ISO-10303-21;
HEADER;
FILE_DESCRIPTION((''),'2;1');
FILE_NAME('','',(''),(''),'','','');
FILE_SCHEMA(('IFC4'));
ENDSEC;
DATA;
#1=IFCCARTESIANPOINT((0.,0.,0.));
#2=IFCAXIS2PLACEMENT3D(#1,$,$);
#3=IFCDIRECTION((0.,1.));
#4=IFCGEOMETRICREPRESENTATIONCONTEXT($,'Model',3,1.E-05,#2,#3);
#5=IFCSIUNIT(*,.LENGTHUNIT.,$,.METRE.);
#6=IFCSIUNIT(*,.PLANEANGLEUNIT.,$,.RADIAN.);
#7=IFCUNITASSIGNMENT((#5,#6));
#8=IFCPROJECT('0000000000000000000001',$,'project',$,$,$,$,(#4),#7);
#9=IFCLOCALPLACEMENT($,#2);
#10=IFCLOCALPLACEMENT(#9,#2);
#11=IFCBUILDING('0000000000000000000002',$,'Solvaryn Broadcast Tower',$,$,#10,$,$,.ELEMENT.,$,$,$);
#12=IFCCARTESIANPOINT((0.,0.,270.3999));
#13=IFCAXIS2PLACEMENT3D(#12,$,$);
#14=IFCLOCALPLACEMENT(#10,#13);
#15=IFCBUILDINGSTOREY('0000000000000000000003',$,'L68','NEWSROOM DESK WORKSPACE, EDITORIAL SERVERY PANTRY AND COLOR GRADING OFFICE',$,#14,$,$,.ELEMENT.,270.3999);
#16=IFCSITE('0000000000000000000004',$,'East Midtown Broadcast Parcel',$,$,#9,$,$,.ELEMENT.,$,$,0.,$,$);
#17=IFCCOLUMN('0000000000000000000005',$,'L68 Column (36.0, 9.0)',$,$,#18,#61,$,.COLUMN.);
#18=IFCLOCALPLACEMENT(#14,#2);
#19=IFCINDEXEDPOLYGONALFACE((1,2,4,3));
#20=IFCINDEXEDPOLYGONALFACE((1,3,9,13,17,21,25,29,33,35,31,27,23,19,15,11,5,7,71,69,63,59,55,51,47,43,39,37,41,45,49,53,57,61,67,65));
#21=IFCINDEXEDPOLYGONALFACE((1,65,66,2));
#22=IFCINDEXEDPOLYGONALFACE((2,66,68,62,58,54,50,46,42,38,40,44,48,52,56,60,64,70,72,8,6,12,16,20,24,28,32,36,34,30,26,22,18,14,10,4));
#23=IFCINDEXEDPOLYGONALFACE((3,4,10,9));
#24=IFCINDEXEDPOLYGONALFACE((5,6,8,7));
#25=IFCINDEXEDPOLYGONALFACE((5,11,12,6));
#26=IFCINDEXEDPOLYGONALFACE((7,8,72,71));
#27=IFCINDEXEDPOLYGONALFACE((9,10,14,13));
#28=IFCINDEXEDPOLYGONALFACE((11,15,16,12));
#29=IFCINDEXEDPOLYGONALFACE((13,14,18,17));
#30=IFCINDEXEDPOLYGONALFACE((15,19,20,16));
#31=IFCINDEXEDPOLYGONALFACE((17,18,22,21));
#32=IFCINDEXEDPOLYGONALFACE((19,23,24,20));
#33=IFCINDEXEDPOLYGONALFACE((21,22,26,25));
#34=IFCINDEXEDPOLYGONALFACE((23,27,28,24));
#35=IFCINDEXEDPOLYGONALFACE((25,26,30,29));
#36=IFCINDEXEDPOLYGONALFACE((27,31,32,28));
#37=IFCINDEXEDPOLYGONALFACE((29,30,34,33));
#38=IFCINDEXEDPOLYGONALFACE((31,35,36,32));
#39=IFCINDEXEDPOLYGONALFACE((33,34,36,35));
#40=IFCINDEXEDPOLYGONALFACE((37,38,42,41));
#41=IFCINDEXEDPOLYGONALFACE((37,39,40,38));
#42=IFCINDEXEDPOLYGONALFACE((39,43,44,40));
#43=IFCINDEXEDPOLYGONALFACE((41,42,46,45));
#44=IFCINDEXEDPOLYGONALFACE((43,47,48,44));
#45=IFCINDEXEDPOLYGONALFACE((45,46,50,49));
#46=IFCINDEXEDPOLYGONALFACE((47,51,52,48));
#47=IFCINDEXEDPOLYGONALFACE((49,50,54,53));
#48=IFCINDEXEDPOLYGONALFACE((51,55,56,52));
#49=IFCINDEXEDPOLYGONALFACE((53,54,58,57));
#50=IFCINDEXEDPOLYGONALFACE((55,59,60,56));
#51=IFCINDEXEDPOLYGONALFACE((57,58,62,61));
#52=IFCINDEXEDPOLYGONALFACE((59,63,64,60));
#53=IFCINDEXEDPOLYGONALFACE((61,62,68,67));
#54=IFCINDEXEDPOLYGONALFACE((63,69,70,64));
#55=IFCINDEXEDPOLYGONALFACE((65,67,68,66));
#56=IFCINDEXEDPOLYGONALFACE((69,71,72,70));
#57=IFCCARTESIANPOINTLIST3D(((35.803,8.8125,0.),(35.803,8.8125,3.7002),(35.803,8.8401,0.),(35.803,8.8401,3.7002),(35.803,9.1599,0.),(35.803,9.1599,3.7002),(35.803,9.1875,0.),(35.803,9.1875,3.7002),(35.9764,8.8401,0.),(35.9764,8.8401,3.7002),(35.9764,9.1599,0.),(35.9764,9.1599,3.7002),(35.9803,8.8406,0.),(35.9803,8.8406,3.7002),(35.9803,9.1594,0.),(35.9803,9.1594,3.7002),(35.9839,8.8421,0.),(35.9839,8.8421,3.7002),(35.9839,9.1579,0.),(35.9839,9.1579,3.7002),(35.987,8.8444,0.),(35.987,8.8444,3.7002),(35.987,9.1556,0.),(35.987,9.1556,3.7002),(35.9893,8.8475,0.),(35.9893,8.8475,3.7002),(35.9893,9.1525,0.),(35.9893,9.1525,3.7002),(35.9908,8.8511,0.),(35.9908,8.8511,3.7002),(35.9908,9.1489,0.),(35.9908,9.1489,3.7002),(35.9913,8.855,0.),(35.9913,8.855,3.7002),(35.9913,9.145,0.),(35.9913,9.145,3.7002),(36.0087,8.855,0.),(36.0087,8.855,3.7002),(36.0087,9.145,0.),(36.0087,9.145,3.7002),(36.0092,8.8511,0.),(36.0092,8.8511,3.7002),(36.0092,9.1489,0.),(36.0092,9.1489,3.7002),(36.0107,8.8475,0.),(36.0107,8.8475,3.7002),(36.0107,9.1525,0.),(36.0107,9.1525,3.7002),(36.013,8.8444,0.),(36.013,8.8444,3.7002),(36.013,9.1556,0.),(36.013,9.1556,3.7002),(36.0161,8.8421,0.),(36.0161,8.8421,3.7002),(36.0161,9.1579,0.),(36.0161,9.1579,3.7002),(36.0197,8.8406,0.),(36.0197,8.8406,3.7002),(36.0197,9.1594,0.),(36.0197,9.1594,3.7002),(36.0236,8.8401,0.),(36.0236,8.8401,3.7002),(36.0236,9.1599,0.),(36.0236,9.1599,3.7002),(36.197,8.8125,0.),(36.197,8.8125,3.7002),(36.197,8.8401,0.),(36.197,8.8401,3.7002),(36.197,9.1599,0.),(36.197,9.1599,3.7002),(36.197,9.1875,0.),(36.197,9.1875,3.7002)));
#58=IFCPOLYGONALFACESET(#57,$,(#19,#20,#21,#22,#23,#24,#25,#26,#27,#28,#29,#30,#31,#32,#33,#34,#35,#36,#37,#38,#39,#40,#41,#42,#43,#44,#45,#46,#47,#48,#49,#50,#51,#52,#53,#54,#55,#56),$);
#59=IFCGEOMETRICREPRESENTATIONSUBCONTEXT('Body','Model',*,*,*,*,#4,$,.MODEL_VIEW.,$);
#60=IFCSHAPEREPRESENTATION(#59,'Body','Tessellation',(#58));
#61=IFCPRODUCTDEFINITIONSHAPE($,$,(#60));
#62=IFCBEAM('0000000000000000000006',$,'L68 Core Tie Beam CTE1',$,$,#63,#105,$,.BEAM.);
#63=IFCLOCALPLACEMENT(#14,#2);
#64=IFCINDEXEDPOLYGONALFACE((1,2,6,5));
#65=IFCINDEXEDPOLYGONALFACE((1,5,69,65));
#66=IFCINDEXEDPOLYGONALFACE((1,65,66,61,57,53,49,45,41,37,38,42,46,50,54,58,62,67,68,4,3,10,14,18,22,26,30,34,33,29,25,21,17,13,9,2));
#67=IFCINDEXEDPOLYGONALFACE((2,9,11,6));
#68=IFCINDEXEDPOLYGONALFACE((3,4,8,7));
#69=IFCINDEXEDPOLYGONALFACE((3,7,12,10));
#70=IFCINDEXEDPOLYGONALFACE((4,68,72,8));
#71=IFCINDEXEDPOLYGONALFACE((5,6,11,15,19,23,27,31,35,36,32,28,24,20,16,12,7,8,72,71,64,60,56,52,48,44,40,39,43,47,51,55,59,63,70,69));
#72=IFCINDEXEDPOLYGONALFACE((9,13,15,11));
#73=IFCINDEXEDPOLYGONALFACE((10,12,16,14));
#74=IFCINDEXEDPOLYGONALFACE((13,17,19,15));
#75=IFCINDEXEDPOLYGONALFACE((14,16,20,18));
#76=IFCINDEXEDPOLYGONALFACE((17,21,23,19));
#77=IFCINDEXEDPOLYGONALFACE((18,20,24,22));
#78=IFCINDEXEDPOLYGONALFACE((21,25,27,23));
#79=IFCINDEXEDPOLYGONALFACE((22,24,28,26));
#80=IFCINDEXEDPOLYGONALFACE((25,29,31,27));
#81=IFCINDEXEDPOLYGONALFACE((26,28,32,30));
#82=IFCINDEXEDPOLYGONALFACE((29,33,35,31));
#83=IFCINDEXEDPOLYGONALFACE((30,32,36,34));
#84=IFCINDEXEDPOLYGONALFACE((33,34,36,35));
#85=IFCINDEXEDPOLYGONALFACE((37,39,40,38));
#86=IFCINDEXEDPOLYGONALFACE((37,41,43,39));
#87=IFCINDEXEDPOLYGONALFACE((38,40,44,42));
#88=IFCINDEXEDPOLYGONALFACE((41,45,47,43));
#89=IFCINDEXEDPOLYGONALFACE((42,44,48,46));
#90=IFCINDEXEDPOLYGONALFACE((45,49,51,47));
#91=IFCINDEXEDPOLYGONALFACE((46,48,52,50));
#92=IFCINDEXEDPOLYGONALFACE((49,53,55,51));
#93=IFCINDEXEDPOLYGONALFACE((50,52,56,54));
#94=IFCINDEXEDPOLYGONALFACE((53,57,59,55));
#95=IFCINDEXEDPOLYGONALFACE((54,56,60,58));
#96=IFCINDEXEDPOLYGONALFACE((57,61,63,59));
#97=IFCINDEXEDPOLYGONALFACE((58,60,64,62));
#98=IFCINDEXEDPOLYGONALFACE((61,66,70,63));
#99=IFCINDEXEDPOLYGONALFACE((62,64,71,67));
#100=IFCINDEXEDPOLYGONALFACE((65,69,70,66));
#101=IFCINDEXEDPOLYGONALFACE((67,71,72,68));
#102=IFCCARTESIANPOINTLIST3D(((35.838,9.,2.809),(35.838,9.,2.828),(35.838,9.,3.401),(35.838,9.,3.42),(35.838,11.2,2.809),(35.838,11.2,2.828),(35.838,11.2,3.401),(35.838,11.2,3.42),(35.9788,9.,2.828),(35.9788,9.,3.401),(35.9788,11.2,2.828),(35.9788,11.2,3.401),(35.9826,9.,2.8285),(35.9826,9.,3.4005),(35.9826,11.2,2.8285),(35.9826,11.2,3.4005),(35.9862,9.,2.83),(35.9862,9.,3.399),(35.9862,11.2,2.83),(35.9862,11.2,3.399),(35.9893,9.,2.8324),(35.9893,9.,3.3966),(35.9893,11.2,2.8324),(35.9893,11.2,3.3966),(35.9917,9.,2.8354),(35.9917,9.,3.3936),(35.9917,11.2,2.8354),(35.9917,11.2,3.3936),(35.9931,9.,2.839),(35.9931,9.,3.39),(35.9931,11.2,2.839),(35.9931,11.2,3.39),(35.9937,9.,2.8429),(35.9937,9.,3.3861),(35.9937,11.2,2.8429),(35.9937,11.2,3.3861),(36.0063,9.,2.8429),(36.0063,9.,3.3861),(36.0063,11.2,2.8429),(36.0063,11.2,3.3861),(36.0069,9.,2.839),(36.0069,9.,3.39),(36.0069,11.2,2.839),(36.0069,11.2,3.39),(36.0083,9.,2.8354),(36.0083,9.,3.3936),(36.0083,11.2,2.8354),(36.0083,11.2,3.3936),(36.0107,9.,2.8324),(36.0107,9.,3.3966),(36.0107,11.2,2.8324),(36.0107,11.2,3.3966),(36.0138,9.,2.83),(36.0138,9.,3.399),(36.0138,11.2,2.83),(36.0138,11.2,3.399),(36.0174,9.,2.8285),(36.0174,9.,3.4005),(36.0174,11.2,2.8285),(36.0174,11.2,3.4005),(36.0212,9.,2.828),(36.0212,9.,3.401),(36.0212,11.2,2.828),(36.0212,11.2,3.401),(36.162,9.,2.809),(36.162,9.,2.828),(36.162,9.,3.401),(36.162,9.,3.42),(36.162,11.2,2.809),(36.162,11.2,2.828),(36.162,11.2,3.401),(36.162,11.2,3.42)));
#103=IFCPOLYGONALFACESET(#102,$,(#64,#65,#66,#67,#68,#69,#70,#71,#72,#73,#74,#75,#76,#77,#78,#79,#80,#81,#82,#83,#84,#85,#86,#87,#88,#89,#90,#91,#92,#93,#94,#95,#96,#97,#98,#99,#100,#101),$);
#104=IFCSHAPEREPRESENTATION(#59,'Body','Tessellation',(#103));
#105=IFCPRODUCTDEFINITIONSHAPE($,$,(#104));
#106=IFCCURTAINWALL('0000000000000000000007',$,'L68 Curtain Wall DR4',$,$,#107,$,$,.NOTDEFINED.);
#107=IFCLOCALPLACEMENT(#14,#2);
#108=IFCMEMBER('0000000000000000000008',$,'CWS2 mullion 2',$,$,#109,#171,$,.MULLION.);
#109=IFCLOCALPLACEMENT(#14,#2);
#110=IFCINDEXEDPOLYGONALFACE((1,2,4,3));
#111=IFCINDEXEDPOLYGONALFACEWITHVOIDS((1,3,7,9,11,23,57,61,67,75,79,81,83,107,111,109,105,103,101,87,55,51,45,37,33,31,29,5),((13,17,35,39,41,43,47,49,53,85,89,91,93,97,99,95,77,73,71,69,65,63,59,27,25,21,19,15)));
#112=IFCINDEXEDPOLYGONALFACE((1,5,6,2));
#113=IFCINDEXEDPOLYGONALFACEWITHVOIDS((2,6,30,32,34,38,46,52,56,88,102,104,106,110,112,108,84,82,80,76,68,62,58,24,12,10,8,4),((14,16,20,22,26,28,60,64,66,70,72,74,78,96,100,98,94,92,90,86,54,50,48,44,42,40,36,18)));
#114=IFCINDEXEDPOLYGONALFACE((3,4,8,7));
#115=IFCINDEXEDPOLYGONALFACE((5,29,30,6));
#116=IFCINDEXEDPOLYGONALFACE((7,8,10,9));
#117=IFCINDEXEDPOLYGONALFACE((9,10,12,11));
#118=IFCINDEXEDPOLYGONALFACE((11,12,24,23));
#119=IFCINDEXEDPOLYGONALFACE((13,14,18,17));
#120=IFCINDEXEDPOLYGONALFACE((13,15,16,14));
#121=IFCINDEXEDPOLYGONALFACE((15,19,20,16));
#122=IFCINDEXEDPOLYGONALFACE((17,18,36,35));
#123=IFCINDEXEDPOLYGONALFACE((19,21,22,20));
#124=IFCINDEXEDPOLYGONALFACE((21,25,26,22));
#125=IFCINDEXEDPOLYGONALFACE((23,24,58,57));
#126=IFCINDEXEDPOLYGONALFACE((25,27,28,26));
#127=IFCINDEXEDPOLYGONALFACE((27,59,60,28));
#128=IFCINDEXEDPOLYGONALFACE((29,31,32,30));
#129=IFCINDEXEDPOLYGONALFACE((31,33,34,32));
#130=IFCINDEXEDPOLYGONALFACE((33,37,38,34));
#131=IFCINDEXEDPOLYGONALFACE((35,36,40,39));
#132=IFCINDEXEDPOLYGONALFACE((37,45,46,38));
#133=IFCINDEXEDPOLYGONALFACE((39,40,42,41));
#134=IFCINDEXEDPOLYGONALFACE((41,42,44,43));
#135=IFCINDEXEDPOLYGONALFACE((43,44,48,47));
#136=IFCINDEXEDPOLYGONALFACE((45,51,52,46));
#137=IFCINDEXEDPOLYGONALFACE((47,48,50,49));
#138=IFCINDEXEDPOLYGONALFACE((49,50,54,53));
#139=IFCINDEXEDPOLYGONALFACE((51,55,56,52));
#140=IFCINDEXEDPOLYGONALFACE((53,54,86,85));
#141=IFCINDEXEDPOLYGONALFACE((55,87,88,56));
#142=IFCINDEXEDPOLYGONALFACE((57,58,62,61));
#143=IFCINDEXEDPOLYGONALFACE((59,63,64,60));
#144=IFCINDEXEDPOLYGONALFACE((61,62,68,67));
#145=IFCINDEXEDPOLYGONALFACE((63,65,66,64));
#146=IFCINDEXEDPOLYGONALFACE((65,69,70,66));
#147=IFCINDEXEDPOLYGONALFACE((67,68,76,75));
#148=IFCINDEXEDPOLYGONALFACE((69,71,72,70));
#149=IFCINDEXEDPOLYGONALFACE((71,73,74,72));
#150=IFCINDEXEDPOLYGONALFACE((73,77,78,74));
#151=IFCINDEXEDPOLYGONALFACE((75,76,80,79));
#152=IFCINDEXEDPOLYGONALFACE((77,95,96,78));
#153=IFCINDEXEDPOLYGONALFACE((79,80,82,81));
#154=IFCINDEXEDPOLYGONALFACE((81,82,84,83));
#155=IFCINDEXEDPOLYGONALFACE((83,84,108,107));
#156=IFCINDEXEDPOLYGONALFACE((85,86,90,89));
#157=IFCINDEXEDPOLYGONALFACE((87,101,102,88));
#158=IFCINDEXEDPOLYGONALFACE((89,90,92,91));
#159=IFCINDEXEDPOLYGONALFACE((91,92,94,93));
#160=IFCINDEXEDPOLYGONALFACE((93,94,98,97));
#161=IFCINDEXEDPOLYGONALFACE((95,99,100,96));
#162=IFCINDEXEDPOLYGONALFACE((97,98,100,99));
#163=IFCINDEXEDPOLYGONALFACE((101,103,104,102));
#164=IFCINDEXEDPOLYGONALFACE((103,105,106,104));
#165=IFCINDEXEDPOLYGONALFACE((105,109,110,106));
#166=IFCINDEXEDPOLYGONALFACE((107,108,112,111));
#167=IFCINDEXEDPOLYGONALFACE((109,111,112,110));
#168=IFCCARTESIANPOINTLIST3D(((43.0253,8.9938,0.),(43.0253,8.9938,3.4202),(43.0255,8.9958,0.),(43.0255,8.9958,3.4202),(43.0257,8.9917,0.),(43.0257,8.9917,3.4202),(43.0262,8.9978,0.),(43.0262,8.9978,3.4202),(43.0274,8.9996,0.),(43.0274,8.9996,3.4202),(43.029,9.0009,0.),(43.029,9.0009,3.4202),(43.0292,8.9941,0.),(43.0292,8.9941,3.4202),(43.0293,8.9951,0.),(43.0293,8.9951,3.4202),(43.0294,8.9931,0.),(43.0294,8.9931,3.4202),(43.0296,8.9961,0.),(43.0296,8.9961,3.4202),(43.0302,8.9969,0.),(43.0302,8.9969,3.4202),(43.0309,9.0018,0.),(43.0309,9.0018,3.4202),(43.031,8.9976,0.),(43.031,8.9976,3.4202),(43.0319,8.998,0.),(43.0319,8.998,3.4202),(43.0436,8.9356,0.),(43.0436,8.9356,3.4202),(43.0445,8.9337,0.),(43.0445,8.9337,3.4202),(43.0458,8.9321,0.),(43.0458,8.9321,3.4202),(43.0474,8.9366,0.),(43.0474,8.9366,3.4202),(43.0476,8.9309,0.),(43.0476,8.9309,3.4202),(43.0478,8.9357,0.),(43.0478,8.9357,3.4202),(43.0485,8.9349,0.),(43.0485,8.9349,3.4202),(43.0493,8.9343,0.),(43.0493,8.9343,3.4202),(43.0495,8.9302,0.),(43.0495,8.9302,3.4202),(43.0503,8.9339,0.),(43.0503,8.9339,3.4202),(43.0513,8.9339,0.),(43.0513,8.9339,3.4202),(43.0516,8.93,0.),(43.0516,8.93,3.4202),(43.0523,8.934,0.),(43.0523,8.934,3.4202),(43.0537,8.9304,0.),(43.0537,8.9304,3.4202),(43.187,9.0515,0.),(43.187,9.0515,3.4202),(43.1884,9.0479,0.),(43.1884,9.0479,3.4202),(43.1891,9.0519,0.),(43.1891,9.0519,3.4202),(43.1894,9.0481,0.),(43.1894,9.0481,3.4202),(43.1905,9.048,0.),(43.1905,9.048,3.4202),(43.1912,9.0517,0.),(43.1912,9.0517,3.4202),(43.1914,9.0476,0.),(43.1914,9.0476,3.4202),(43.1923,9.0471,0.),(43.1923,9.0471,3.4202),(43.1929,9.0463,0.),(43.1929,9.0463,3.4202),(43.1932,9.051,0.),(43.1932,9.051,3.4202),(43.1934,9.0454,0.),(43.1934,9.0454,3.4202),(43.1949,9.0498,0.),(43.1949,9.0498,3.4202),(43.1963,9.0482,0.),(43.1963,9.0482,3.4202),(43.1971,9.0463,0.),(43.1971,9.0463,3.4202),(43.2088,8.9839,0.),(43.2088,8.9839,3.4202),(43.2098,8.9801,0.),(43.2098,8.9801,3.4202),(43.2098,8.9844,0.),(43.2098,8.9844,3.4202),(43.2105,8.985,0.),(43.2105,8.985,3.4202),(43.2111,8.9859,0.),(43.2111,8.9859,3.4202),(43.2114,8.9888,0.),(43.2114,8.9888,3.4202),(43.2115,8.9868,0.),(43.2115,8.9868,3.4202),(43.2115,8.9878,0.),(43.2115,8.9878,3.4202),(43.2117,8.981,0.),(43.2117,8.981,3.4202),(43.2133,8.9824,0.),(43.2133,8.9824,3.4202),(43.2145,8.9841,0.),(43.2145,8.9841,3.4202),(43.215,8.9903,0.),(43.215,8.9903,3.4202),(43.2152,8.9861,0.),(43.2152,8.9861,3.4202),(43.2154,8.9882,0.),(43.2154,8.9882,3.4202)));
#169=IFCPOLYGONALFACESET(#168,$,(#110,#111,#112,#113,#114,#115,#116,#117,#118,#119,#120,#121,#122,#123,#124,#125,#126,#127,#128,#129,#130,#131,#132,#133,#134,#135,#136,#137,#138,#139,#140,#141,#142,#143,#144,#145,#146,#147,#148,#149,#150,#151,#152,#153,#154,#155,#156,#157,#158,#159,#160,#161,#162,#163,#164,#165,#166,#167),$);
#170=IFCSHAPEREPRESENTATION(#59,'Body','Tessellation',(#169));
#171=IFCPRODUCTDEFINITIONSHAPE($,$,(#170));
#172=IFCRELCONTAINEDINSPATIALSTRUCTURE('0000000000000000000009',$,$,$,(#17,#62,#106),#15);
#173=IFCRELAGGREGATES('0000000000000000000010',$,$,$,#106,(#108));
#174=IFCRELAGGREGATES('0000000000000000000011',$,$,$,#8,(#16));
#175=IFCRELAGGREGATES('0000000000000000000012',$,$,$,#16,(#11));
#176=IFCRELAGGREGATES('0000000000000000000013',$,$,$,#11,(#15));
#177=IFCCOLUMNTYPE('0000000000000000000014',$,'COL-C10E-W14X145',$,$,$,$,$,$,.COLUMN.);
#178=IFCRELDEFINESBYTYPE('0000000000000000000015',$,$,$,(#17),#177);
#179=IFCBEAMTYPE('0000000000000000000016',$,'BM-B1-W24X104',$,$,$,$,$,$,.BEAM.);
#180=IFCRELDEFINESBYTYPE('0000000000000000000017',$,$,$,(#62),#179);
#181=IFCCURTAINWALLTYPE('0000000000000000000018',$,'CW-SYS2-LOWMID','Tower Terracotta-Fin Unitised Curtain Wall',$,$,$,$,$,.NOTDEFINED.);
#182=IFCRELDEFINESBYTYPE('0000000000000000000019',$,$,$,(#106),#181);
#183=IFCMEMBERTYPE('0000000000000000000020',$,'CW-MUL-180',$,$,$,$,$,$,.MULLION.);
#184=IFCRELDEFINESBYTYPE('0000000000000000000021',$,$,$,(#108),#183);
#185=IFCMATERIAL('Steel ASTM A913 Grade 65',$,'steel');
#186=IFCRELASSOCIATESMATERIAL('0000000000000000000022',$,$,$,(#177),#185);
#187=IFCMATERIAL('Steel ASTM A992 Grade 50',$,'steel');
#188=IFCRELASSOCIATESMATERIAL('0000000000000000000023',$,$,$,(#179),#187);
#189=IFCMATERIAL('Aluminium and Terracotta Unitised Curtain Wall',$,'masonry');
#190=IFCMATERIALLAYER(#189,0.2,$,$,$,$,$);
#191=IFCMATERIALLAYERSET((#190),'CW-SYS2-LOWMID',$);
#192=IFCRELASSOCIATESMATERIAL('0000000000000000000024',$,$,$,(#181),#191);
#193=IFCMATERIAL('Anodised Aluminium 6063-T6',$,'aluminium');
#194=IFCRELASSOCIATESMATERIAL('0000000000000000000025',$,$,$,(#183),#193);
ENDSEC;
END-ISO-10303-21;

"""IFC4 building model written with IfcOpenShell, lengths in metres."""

from ifc_helpers import new_model, si_unit, direction, frame, origin, origin_2d, place, context, subcontext, project, spatial, hollow_rectangle, i_section, extrude, material, layer, layer_set, material_profile, profile_set, type_object, element, aggregate, save


model = new_model("IFC4")

# Units and contexts
model_context = context("Model", 3, precision=1e-05, world=origin(), true_north=direction((0.0, 1.0)))
body_context = subcontext(model_context, "Body", "Model", "MODEL_VIEW")
ifc_project = project(units=[si_unit("LENGTHUNIT", "METRE"), si_unit("PLANEANGLEUNIT", "RADIAN")], contexts=[model_context])

# Site, building, storey
site_placement = place(None, origin())
site = spatial("IfcSite", under=ifc_project, at=site_placement, Name="East Midtown Broadcast Parcel", CompositionType="ELEMENT", RefElevation=0.0)
building_placement = place(site_placement, origin())
building = spatial("IfcBuilding", under=site, at=building_placement, Name="Solvaryn Broadcast Tower", CompositionType="ELEMENT")
storey_placement = place(building_placement, frame((0.0, 0.0, 270.3999)))
storey = spatial("IfcBuildingStorey", under=building, at=storey_placement, Name="L68", Description="NEWSROOM DESK WORKSPACE, EDITORIAL SERVERY PANTRY AND COLOR GRADING OFFICE", CompositionType="ELEMENT", Elevation=270.3999)

# Column
ifc_material_1 = material(Name="Steel ASTM A913 Grade 65", Category="steel")
ifc_material_profile_1 = material_profile(ifc_material_1, i_section(OverallWidth=0.394, OverallDepth=0.375, WebThickness=0.0173, FlangeThickness=0.0276, FilletRadius=0.0149, at=origin_2d()))
ifc_profile_set_1 = profile_set([ifc_material_profile_1], Name="Steel ASTM A913 Grade 65")
column_type = type_object("IfcColumnType", Name="COL-C10E-W14X145", PredefinedType="COLUMN", material=ifc_profile_set_1)
column_placement = place(storey_placement, frame((36.0, 9.0, 0.0), z_axis=(0.0, 0.0, 1.0), x_axis=(1.0, 0.0, 0.0)))
element("IfcColumn", 1, at=column_placement, inside=storey, type_object=column_type, Name="L68 Column (36.0, 9.0)", PredefinedType="COLUMN", context=body_context, shape_type="SweptSolid", body=[
    extrude(i_section(OverallWidth=0.394, OverallDepth=0.375, WebThickness=0.0173, FlangeThickness=0.0276, FilletRadius=0.0149, at=origin_2d()), origin(), (0.0, 0.0, 1.0), 3.7002),
])

# Beam
ifc_material_2 = material(Name="Steel ASTM A992 Grade 50", Category="steel")
ifc_material_profile_2 = material_profile(ifc_material_2, i_section(OverallWidth=0.324, OverallDepth=0.6111, WebThickness=0.0127, FlangeThickness=0.019, FilletRadius=0.0149, at=origin_2d()))
ifc_profile_set_2 = profile_set([ifc_material_profile_2], Name="Steel ASTM A992 Grade 50")
beam_type = type_object("IfcBeamType", Name="BM-B1-W24X104", PredefinedType="BEAM", material=ifc_profile_set_2)
beam_placement = place(storey_placement, frame((36.0, 9.0, 3.1145), z_axis=(0.0, 1.0, 0.0), x_axis=(-1.0, 0.0, 0.0)))
element("IfcBeam", 2, at=beam_placement, inside=storey, type_object=beam_type, Name="L68 Core Tie Beam CTE1", PredefinedType="BEAM", context=body_context, shape_type="SweptSolid", body=[
    extrude(i_section(OverallWidth=0.324, OverallDepth=0.6111, WebThickness=0.0127, FlangeThickness=0.019, FilletRadius=0.0149, at=origin_2d()), origin(), (0.0, 0.0, 1.0), 2.2),
])

# Curtain wall, member
ifc_material_3 = material(Name="Aluminium and Terracotta Unitised Curtain Wall", Category="masonry")
ifc_layer_1 = layer(ifc_material_3, 0.2)
ifc_layer_set_1 = layer_set([ifc_layer_1], Name="CW-SYS2-LOWMID")
curtain_wall_type = type_object("IfcCurtainWallType", Name="CW-SYS2-LOWMID", Description="Tower Terracotta-Fin Unitised Curtain Wall", PredefinedType="NOTDEFINED", material=ifc_layer_set_1)
curtain_wall_1_placement = place(storey_placement, origin())
curtain_wall_1 = element("IfcCurtainWall", 3, at=curtain_wall_1_placement, inside=storey, type_object=curtain_wall_type, Name="L68 Curtain Wall DR4", PredefinedType="NOTDEFINED")
ifc_material_4 = material(Name="Anodised Aluminium 6063-T6", Category="aluminium")
ifc_material_profile_3 = material_profile(ifc_material_4, hollow_rectangle(XDim=0.075, YDim=0.1799, WallThickness=0.0039, InnerFilletRadius=0.0039, OuterFilletRadius=0.0081, at=origin_2d()))
ifc_profile_set_3 = profile_set([ifc_material_profile_3], Name="Anodised Aluminium 6063-T6")
member_type_1 = type_object("IfcMemberType", Name="CW-MUL-180", PredefinedType="MULLION", material=ifc_profile_set_3)
member_1_placement = place(storey_placement, frame((43.1204, 8.991, 0.0), z_axis=(0.0, 0.0, 1.0), x_axis=(-0.303616, 0.952795, 0.0)))
member_1 = element("IfcMember", 4, at=member_1_placement, type_object=member_type_1, Name="CWS2 mullion 2", PredefinedType="MULLION", context=body_context, shape_type="SweptSolid", body=[
    extrude(hollow_rectangle(XDim=0.075, YDim=0.1799, WallThickness=0.0039, InnerFilletRadius=0.0039, OuterFilletRadius=0.0081, at=origin_2d()), origin(), (0.0, 0.0, 1.0), 3.4202),
])

aggregate(curtain_wall_1, [member_1])

save(model, "model.ifc")
